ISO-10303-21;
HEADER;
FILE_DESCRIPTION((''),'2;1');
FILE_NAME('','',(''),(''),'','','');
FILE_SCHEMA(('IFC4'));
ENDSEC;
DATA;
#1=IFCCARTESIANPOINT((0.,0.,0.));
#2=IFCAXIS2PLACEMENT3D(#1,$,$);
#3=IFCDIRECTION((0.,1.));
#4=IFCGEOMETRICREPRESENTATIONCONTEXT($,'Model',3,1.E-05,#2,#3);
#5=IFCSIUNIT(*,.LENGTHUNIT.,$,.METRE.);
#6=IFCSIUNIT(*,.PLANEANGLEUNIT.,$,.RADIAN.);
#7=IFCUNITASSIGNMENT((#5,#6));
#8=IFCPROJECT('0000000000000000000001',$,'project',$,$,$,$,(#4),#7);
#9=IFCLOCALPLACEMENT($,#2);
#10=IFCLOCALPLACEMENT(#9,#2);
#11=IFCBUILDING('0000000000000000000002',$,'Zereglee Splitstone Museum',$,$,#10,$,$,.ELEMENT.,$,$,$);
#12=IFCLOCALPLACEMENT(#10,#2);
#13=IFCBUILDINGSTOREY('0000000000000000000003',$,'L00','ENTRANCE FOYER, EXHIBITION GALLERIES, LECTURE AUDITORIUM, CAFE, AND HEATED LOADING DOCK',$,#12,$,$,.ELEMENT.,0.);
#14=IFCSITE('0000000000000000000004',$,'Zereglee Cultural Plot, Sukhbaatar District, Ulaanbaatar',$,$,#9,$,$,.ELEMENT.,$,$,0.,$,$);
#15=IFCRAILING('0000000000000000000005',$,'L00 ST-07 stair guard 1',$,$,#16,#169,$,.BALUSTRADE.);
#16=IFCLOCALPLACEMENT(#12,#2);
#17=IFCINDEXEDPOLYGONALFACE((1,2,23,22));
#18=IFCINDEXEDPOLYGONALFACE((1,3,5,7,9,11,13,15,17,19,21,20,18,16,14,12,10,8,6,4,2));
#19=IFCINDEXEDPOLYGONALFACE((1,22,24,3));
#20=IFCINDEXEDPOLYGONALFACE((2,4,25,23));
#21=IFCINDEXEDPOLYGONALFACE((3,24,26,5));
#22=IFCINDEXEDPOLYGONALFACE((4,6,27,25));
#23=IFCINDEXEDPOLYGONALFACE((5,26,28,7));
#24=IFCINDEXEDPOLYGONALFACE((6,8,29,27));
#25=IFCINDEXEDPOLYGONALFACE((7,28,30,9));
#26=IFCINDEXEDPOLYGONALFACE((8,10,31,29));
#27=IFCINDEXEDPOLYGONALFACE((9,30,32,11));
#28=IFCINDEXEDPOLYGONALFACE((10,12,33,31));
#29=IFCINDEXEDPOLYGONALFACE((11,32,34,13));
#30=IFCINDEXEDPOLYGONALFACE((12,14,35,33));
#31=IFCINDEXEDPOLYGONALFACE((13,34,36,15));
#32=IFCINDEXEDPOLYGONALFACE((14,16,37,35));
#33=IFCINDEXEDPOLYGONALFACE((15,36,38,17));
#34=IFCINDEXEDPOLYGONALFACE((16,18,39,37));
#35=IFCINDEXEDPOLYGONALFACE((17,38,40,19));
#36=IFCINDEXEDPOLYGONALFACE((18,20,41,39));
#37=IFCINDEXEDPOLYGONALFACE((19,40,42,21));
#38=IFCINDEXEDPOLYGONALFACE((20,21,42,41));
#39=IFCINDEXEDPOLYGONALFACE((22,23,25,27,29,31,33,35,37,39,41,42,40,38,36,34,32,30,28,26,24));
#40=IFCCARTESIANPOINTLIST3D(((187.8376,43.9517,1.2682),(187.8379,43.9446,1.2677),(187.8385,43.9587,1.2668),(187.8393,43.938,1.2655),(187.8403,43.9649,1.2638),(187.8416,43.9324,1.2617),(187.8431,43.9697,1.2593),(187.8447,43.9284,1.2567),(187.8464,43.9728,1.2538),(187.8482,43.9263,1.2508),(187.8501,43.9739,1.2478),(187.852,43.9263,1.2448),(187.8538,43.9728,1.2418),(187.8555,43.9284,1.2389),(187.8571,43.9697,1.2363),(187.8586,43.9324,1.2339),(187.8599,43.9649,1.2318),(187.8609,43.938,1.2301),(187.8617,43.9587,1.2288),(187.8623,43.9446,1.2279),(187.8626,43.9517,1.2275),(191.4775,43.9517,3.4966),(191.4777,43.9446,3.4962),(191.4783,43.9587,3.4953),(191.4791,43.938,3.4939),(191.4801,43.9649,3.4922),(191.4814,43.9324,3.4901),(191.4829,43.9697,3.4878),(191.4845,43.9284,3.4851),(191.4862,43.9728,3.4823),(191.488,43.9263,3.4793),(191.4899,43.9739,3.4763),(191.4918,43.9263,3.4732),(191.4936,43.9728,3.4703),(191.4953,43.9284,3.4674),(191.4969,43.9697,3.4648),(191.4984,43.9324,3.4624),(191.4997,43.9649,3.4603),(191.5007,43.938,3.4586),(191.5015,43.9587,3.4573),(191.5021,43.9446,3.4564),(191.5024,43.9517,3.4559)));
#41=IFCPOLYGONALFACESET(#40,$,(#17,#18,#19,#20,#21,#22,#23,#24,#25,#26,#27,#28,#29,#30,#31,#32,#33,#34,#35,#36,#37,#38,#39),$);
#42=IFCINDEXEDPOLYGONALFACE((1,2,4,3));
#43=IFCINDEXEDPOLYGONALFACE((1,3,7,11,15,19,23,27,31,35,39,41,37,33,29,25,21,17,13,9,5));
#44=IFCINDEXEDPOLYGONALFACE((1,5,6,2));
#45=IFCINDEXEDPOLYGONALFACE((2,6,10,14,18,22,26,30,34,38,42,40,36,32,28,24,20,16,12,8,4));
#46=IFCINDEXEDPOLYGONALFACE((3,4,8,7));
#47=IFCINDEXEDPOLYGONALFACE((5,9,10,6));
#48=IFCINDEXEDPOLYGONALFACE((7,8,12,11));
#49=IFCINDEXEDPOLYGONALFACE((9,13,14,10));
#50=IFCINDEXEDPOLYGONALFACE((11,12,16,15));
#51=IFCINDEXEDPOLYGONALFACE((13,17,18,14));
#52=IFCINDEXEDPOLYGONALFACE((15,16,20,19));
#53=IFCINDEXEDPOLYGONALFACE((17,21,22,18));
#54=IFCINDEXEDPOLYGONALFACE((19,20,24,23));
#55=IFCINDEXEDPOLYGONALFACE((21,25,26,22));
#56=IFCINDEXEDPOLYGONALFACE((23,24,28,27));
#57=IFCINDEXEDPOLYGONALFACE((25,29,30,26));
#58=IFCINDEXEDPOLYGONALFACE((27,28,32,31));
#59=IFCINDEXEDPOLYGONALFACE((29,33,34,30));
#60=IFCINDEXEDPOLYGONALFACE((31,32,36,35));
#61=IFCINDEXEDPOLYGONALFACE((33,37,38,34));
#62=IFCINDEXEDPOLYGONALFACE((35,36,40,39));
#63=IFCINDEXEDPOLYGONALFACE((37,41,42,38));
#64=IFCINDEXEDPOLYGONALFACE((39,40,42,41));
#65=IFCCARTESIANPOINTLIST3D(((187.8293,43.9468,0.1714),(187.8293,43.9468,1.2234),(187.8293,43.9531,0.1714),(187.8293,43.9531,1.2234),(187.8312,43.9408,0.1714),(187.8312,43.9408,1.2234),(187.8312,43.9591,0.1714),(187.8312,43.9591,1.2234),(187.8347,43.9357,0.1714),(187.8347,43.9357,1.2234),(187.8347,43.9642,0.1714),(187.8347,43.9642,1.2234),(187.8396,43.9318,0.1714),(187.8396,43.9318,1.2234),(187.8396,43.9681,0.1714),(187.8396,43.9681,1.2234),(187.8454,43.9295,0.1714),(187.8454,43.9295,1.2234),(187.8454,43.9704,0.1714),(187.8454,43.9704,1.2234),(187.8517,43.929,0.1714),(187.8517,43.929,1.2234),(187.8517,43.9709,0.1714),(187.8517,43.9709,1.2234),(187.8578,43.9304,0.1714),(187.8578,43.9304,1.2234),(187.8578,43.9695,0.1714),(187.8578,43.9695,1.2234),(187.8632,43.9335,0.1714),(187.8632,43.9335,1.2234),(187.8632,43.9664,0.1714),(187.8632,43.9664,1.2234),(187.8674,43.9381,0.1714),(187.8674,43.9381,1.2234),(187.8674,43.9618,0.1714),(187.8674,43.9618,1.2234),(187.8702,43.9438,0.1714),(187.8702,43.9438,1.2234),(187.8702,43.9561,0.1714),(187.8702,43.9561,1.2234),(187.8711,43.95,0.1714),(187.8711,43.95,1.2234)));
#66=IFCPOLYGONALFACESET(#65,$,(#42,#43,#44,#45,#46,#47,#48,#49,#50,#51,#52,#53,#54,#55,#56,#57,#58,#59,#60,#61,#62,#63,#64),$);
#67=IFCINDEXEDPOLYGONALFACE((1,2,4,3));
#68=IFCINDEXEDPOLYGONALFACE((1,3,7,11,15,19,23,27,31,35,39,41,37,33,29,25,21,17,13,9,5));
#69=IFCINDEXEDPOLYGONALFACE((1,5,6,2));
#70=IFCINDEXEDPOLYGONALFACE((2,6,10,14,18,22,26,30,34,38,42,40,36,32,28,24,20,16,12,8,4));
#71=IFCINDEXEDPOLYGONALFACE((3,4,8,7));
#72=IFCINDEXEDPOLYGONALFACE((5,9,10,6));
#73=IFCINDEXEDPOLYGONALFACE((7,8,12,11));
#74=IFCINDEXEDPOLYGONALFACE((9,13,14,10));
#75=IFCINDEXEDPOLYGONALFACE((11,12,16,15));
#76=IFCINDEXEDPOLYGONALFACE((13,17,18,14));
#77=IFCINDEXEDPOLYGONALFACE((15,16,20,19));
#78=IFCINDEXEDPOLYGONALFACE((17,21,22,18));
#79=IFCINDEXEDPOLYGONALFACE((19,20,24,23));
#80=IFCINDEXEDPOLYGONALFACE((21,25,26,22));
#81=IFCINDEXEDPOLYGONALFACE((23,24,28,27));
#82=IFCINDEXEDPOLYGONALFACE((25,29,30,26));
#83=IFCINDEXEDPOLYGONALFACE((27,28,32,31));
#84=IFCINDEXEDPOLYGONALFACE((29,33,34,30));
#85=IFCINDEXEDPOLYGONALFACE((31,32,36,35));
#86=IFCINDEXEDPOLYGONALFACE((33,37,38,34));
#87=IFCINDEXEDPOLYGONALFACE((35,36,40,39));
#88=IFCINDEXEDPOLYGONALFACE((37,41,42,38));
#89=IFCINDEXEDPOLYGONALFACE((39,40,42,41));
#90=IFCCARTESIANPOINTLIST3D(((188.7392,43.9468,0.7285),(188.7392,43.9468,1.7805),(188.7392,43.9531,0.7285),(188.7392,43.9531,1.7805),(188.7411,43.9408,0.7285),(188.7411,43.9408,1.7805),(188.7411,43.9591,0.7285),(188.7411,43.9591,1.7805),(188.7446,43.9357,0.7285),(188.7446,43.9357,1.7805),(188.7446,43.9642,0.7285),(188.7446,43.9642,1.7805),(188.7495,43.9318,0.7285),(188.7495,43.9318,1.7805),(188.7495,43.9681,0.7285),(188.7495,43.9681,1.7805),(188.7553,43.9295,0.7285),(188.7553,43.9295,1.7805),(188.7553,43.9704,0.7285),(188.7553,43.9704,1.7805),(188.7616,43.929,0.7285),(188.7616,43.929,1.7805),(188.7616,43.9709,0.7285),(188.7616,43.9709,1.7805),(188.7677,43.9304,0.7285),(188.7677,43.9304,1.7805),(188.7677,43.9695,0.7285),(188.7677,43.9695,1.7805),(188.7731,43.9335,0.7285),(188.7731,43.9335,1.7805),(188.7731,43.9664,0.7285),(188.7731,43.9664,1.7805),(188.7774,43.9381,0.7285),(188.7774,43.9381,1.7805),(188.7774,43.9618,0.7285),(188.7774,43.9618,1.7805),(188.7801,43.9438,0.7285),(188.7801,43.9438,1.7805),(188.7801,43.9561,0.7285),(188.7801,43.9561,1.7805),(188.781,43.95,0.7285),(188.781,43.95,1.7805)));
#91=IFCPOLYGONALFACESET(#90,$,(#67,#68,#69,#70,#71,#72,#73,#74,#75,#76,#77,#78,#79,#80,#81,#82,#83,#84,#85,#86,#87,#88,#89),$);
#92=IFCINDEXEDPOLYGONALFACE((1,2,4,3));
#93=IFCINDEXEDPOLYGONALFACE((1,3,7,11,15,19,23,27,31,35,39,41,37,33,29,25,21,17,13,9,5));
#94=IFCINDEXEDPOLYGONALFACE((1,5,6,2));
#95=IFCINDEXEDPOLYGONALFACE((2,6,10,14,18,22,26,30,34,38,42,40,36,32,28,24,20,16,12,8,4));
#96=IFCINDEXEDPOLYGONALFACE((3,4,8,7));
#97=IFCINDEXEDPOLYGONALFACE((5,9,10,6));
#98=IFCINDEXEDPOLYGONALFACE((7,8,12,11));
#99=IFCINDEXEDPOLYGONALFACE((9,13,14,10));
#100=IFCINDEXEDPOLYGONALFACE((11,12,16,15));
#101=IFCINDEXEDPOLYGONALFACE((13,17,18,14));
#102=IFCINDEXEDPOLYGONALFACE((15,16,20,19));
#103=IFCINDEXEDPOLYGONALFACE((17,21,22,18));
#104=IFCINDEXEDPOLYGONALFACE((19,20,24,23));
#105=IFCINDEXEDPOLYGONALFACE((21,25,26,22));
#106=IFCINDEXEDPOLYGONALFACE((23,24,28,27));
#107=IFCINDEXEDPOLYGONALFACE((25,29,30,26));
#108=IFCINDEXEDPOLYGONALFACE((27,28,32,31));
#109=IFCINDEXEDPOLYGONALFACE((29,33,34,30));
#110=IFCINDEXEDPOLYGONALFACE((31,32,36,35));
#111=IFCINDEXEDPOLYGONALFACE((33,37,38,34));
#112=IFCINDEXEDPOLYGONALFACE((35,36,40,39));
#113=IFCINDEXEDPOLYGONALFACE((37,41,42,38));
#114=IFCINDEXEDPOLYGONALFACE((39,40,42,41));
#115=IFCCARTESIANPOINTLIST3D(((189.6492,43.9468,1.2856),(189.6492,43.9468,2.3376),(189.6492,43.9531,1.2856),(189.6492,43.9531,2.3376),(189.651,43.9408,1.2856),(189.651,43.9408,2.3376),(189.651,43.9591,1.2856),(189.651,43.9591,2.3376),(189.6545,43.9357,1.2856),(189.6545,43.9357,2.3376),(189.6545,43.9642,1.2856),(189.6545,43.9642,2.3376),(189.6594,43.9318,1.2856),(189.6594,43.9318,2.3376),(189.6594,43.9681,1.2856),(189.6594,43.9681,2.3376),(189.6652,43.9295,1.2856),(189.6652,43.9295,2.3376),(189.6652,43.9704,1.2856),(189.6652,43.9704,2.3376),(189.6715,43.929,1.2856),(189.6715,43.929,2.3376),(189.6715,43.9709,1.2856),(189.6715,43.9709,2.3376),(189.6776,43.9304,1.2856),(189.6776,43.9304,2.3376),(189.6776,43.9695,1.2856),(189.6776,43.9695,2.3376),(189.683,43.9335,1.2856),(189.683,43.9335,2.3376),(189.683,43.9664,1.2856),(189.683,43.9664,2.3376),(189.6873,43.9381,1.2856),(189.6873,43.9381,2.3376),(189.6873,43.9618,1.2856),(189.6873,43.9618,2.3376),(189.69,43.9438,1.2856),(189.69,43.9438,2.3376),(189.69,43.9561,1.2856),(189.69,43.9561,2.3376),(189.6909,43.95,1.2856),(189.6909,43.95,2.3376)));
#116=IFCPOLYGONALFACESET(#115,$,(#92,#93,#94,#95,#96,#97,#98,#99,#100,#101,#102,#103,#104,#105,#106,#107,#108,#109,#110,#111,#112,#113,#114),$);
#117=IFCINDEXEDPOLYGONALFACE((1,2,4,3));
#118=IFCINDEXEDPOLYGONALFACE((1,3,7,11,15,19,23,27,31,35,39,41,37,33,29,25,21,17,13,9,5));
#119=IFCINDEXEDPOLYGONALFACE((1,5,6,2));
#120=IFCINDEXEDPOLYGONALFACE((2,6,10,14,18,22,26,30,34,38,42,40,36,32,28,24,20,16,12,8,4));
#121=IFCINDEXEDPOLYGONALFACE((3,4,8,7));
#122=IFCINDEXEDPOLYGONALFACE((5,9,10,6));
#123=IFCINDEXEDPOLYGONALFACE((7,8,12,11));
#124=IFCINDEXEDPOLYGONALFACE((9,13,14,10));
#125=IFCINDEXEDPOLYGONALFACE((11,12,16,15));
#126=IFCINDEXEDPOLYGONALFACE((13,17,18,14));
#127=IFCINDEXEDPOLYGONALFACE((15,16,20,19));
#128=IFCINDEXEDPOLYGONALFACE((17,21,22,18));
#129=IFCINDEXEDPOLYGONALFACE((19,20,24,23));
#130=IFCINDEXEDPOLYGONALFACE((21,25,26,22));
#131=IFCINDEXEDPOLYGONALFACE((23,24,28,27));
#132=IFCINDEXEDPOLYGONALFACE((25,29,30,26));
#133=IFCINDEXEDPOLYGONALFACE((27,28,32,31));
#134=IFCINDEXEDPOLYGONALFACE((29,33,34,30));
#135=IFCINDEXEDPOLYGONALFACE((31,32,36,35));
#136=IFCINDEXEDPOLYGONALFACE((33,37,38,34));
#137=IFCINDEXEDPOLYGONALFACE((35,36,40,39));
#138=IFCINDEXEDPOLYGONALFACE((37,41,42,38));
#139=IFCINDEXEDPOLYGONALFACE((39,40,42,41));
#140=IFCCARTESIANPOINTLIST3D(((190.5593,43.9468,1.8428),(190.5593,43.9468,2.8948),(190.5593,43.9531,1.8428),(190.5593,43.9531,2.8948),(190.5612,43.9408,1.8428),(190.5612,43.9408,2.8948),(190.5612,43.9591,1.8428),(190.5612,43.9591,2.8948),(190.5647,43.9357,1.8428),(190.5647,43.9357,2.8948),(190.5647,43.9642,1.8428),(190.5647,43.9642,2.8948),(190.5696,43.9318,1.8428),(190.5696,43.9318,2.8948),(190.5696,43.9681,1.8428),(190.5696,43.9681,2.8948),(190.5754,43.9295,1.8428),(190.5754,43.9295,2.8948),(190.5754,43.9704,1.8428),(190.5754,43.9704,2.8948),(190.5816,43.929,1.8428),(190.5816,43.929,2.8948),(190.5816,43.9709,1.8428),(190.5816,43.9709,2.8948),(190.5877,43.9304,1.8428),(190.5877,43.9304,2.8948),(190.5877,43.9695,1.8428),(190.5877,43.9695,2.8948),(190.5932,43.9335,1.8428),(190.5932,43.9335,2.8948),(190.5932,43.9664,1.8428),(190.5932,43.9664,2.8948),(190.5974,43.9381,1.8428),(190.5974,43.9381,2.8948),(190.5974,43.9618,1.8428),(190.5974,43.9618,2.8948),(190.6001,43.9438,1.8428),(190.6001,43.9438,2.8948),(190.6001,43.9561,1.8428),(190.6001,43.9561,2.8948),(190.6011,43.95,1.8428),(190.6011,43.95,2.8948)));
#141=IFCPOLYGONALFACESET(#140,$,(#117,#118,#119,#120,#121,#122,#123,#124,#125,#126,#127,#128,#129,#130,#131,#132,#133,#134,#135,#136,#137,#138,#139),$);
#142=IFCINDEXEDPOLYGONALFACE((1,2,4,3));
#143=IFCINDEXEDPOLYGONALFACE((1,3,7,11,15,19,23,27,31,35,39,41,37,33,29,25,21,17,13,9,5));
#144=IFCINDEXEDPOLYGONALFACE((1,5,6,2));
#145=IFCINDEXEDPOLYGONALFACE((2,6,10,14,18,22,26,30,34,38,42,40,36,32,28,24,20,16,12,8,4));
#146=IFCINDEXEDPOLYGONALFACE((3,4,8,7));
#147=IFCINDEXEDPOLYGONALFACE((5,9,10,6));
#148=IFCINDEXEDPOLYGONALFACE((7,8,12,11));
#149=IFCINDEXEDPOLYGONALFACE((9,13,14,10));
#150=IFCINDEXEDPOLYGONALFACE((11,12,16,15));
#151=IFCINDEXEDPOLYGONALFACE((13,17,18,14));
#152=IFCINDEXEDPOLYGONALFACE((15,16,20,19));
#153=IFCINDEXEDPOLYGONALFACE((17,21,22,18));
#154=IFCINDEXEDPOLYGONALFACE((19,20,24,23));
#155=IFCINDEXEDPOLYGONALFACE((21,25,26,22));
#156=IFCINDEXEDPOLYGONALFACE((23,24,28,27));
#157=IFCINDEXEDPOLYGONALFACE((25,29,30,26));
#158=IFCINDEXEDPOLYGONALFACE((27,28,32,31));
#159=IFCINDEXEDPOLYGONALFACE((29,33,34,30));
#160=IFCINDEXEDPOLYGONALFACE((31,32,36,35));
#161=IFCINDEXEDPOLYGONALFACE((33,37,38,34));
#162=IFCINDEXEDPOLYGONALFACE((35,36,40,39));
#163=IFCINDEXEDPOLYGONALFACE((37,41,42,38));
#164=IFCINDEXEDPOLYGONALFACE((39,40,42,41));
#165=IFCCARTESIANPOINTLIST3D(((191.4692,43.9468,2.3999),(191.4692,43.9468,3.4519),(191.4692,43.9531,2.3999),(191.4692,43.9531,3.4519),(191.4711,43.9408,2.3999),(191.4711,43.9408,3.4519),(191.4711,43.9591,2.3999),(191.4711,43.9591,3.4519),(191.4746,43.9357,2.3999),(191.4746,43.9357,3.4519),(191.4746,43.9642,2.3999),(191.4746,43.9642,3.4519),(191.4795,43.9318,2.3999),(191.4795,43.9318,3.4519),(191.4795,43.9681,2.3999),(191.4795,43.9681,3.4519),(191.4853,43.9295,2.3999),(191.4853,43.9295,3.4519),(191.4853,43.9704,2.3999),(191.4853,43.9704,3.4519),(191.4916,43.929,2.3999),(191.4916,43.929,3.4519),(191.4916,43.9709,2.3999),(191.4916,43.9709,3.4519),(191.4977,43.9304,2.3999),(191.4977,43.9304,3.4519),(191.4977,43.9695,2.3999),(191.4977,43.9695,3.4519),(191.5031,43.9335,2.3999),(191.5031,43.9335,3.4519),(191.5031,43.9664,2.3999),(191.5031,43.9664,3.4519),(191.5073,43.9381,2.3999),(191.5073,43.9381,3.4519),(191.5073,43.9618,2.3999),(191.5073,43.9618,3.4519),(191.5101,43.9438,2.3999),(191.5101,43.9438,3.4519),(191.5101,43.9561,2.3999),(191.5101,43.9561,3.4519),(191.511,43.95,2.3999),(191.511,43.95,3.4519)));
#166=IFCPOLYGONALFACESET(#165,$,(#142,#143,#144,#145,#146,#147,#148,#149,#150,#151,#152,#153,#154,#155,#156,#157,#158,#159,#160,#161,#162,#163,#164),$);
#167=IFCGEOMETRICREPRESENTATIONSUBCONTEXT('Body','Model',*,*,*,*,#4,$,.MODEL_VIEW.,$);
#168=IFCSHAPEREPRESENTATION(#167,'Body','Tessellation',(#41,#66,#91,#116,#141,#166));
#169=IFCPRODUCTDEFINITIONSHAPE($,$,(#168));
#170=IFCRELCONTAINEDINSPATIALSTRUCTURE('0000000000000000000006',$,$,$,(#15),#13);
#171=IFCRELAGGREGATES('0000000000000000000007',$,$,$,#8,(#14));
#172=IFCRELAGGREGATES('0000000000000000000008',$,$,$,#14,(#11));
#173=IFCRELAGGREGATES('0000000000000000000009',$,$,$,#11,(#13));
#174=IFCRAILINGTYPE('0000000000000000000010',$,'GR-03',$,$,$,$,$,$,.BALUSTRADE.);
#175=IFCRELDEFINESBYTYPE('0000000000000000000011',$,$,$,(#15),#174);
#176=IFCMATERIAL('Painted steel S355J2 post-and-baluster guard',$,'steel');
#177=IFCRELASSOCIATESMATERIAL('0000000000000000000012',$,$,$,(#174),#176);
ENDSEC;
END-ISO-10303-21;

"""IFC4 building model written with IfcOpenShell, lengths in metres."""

from ifc_helpers import new_model, si_unit, direction, frame, origin, origin_2d, place, context, subcontext, project, spatial, circle, extrude, material, type_object, element, save


model = new_model("IFC4")

# Units and contexts
model_context = context("Model", 3, precision=1e-05, world=origin(), true_north=direction((0.0, 1.0)))
body_context = subcontext(model_context, "Body", "Model", "MODEL_VIEW")
ifc_project = project(units=[si_unit("LENGTHUNIT", "METRE"), si_unit("PLANEANGLEUNIT", "RADIAN")], contexts=[model_context])

# Site, building, storey
site_placement = place(None, origin())
site = spatial("IfcSite", under=ifc_project, at=site_placement, Name="Zereglee Cultural Plot, Sukhbaatar District, Ulaanbaatar", CompositionType="ELEMENT", RefElevation=0.0)
building_placement = place(site_placement, origin())
building = spatial("IfcBuilding", under=site, at=building_placement, Name="Zereglee Splitstone Museum", CompositionType="ELEMENT")
storey_placement = place(building_placement, origin())
storey = spatial("IfcBuildingStorey", under=building, at=storey_placement, Name="L00", Description="ENTRANCE FOYER, EXHIBITION GALLERIES, LECTURE AUDITORIUM, CAFE, AND HEATED LOADING DOCK", CompositionType="ELEMENT", Elevation=0.0)

# Railing
ifc_material_1 = material(Name="Painted steel S355J2 post-and-baluster guard", Category="steel")
railing_type_1 = type_object("IfcRailingType", Name="GR-03", PredefinedType="BALUSTRADE", material=ifc_material_1)
railing_1_placement = place(storey_placement, frame((187.8501, 43.95, 0.1714)))
element("IfcRailing", 1, at=railing_1_placement, inside=storey, type_object=railing_type_1, Name="L00 ST-07 stair guard 1", PredefinedType="BALUSTRADE", context=body_context, shape_type="SweptSolid", body=[
    extrude(circle(Radius=0.0239, at=origin_2d()), frame((0.0, 0.0, 1.0764), z_axis=(0.85285, 0.0, 0.522156), x_axis=(0.0, 1.0, 0.0)), (0.0, 0.0, 1.0), 4.2678),
    extrude(circle(Radius=0.021, at=origin_2d()), origin(), (0.0, 0.0, 1.0), 1.052),
    extrude(circle(Radius=0.021, at=origin_2d()), frame((0.9099, 0.0, 0.5571)), (0.0, 0.0, 1.0), 1.052),
    extrude(circle(Radius=0.021, at=origin_2d()), frame((1.8198, 0.0, 1.1143)), (0.0, 0.0, 1.0), 1.052),
    extrude(circle(Radius=0.021, at=origin_2d()), frame((2.73, 0.0, 1.6714)), (0.0, 0.0, 1.0), 1.052),
    extrude(circle(Radius=0.021, at=origin_2d()), frame((3.6399, 0.0, 2.2285)), (0.0, 0.0, 1.0), 1.052),
])

save(model, "model.ifc")
